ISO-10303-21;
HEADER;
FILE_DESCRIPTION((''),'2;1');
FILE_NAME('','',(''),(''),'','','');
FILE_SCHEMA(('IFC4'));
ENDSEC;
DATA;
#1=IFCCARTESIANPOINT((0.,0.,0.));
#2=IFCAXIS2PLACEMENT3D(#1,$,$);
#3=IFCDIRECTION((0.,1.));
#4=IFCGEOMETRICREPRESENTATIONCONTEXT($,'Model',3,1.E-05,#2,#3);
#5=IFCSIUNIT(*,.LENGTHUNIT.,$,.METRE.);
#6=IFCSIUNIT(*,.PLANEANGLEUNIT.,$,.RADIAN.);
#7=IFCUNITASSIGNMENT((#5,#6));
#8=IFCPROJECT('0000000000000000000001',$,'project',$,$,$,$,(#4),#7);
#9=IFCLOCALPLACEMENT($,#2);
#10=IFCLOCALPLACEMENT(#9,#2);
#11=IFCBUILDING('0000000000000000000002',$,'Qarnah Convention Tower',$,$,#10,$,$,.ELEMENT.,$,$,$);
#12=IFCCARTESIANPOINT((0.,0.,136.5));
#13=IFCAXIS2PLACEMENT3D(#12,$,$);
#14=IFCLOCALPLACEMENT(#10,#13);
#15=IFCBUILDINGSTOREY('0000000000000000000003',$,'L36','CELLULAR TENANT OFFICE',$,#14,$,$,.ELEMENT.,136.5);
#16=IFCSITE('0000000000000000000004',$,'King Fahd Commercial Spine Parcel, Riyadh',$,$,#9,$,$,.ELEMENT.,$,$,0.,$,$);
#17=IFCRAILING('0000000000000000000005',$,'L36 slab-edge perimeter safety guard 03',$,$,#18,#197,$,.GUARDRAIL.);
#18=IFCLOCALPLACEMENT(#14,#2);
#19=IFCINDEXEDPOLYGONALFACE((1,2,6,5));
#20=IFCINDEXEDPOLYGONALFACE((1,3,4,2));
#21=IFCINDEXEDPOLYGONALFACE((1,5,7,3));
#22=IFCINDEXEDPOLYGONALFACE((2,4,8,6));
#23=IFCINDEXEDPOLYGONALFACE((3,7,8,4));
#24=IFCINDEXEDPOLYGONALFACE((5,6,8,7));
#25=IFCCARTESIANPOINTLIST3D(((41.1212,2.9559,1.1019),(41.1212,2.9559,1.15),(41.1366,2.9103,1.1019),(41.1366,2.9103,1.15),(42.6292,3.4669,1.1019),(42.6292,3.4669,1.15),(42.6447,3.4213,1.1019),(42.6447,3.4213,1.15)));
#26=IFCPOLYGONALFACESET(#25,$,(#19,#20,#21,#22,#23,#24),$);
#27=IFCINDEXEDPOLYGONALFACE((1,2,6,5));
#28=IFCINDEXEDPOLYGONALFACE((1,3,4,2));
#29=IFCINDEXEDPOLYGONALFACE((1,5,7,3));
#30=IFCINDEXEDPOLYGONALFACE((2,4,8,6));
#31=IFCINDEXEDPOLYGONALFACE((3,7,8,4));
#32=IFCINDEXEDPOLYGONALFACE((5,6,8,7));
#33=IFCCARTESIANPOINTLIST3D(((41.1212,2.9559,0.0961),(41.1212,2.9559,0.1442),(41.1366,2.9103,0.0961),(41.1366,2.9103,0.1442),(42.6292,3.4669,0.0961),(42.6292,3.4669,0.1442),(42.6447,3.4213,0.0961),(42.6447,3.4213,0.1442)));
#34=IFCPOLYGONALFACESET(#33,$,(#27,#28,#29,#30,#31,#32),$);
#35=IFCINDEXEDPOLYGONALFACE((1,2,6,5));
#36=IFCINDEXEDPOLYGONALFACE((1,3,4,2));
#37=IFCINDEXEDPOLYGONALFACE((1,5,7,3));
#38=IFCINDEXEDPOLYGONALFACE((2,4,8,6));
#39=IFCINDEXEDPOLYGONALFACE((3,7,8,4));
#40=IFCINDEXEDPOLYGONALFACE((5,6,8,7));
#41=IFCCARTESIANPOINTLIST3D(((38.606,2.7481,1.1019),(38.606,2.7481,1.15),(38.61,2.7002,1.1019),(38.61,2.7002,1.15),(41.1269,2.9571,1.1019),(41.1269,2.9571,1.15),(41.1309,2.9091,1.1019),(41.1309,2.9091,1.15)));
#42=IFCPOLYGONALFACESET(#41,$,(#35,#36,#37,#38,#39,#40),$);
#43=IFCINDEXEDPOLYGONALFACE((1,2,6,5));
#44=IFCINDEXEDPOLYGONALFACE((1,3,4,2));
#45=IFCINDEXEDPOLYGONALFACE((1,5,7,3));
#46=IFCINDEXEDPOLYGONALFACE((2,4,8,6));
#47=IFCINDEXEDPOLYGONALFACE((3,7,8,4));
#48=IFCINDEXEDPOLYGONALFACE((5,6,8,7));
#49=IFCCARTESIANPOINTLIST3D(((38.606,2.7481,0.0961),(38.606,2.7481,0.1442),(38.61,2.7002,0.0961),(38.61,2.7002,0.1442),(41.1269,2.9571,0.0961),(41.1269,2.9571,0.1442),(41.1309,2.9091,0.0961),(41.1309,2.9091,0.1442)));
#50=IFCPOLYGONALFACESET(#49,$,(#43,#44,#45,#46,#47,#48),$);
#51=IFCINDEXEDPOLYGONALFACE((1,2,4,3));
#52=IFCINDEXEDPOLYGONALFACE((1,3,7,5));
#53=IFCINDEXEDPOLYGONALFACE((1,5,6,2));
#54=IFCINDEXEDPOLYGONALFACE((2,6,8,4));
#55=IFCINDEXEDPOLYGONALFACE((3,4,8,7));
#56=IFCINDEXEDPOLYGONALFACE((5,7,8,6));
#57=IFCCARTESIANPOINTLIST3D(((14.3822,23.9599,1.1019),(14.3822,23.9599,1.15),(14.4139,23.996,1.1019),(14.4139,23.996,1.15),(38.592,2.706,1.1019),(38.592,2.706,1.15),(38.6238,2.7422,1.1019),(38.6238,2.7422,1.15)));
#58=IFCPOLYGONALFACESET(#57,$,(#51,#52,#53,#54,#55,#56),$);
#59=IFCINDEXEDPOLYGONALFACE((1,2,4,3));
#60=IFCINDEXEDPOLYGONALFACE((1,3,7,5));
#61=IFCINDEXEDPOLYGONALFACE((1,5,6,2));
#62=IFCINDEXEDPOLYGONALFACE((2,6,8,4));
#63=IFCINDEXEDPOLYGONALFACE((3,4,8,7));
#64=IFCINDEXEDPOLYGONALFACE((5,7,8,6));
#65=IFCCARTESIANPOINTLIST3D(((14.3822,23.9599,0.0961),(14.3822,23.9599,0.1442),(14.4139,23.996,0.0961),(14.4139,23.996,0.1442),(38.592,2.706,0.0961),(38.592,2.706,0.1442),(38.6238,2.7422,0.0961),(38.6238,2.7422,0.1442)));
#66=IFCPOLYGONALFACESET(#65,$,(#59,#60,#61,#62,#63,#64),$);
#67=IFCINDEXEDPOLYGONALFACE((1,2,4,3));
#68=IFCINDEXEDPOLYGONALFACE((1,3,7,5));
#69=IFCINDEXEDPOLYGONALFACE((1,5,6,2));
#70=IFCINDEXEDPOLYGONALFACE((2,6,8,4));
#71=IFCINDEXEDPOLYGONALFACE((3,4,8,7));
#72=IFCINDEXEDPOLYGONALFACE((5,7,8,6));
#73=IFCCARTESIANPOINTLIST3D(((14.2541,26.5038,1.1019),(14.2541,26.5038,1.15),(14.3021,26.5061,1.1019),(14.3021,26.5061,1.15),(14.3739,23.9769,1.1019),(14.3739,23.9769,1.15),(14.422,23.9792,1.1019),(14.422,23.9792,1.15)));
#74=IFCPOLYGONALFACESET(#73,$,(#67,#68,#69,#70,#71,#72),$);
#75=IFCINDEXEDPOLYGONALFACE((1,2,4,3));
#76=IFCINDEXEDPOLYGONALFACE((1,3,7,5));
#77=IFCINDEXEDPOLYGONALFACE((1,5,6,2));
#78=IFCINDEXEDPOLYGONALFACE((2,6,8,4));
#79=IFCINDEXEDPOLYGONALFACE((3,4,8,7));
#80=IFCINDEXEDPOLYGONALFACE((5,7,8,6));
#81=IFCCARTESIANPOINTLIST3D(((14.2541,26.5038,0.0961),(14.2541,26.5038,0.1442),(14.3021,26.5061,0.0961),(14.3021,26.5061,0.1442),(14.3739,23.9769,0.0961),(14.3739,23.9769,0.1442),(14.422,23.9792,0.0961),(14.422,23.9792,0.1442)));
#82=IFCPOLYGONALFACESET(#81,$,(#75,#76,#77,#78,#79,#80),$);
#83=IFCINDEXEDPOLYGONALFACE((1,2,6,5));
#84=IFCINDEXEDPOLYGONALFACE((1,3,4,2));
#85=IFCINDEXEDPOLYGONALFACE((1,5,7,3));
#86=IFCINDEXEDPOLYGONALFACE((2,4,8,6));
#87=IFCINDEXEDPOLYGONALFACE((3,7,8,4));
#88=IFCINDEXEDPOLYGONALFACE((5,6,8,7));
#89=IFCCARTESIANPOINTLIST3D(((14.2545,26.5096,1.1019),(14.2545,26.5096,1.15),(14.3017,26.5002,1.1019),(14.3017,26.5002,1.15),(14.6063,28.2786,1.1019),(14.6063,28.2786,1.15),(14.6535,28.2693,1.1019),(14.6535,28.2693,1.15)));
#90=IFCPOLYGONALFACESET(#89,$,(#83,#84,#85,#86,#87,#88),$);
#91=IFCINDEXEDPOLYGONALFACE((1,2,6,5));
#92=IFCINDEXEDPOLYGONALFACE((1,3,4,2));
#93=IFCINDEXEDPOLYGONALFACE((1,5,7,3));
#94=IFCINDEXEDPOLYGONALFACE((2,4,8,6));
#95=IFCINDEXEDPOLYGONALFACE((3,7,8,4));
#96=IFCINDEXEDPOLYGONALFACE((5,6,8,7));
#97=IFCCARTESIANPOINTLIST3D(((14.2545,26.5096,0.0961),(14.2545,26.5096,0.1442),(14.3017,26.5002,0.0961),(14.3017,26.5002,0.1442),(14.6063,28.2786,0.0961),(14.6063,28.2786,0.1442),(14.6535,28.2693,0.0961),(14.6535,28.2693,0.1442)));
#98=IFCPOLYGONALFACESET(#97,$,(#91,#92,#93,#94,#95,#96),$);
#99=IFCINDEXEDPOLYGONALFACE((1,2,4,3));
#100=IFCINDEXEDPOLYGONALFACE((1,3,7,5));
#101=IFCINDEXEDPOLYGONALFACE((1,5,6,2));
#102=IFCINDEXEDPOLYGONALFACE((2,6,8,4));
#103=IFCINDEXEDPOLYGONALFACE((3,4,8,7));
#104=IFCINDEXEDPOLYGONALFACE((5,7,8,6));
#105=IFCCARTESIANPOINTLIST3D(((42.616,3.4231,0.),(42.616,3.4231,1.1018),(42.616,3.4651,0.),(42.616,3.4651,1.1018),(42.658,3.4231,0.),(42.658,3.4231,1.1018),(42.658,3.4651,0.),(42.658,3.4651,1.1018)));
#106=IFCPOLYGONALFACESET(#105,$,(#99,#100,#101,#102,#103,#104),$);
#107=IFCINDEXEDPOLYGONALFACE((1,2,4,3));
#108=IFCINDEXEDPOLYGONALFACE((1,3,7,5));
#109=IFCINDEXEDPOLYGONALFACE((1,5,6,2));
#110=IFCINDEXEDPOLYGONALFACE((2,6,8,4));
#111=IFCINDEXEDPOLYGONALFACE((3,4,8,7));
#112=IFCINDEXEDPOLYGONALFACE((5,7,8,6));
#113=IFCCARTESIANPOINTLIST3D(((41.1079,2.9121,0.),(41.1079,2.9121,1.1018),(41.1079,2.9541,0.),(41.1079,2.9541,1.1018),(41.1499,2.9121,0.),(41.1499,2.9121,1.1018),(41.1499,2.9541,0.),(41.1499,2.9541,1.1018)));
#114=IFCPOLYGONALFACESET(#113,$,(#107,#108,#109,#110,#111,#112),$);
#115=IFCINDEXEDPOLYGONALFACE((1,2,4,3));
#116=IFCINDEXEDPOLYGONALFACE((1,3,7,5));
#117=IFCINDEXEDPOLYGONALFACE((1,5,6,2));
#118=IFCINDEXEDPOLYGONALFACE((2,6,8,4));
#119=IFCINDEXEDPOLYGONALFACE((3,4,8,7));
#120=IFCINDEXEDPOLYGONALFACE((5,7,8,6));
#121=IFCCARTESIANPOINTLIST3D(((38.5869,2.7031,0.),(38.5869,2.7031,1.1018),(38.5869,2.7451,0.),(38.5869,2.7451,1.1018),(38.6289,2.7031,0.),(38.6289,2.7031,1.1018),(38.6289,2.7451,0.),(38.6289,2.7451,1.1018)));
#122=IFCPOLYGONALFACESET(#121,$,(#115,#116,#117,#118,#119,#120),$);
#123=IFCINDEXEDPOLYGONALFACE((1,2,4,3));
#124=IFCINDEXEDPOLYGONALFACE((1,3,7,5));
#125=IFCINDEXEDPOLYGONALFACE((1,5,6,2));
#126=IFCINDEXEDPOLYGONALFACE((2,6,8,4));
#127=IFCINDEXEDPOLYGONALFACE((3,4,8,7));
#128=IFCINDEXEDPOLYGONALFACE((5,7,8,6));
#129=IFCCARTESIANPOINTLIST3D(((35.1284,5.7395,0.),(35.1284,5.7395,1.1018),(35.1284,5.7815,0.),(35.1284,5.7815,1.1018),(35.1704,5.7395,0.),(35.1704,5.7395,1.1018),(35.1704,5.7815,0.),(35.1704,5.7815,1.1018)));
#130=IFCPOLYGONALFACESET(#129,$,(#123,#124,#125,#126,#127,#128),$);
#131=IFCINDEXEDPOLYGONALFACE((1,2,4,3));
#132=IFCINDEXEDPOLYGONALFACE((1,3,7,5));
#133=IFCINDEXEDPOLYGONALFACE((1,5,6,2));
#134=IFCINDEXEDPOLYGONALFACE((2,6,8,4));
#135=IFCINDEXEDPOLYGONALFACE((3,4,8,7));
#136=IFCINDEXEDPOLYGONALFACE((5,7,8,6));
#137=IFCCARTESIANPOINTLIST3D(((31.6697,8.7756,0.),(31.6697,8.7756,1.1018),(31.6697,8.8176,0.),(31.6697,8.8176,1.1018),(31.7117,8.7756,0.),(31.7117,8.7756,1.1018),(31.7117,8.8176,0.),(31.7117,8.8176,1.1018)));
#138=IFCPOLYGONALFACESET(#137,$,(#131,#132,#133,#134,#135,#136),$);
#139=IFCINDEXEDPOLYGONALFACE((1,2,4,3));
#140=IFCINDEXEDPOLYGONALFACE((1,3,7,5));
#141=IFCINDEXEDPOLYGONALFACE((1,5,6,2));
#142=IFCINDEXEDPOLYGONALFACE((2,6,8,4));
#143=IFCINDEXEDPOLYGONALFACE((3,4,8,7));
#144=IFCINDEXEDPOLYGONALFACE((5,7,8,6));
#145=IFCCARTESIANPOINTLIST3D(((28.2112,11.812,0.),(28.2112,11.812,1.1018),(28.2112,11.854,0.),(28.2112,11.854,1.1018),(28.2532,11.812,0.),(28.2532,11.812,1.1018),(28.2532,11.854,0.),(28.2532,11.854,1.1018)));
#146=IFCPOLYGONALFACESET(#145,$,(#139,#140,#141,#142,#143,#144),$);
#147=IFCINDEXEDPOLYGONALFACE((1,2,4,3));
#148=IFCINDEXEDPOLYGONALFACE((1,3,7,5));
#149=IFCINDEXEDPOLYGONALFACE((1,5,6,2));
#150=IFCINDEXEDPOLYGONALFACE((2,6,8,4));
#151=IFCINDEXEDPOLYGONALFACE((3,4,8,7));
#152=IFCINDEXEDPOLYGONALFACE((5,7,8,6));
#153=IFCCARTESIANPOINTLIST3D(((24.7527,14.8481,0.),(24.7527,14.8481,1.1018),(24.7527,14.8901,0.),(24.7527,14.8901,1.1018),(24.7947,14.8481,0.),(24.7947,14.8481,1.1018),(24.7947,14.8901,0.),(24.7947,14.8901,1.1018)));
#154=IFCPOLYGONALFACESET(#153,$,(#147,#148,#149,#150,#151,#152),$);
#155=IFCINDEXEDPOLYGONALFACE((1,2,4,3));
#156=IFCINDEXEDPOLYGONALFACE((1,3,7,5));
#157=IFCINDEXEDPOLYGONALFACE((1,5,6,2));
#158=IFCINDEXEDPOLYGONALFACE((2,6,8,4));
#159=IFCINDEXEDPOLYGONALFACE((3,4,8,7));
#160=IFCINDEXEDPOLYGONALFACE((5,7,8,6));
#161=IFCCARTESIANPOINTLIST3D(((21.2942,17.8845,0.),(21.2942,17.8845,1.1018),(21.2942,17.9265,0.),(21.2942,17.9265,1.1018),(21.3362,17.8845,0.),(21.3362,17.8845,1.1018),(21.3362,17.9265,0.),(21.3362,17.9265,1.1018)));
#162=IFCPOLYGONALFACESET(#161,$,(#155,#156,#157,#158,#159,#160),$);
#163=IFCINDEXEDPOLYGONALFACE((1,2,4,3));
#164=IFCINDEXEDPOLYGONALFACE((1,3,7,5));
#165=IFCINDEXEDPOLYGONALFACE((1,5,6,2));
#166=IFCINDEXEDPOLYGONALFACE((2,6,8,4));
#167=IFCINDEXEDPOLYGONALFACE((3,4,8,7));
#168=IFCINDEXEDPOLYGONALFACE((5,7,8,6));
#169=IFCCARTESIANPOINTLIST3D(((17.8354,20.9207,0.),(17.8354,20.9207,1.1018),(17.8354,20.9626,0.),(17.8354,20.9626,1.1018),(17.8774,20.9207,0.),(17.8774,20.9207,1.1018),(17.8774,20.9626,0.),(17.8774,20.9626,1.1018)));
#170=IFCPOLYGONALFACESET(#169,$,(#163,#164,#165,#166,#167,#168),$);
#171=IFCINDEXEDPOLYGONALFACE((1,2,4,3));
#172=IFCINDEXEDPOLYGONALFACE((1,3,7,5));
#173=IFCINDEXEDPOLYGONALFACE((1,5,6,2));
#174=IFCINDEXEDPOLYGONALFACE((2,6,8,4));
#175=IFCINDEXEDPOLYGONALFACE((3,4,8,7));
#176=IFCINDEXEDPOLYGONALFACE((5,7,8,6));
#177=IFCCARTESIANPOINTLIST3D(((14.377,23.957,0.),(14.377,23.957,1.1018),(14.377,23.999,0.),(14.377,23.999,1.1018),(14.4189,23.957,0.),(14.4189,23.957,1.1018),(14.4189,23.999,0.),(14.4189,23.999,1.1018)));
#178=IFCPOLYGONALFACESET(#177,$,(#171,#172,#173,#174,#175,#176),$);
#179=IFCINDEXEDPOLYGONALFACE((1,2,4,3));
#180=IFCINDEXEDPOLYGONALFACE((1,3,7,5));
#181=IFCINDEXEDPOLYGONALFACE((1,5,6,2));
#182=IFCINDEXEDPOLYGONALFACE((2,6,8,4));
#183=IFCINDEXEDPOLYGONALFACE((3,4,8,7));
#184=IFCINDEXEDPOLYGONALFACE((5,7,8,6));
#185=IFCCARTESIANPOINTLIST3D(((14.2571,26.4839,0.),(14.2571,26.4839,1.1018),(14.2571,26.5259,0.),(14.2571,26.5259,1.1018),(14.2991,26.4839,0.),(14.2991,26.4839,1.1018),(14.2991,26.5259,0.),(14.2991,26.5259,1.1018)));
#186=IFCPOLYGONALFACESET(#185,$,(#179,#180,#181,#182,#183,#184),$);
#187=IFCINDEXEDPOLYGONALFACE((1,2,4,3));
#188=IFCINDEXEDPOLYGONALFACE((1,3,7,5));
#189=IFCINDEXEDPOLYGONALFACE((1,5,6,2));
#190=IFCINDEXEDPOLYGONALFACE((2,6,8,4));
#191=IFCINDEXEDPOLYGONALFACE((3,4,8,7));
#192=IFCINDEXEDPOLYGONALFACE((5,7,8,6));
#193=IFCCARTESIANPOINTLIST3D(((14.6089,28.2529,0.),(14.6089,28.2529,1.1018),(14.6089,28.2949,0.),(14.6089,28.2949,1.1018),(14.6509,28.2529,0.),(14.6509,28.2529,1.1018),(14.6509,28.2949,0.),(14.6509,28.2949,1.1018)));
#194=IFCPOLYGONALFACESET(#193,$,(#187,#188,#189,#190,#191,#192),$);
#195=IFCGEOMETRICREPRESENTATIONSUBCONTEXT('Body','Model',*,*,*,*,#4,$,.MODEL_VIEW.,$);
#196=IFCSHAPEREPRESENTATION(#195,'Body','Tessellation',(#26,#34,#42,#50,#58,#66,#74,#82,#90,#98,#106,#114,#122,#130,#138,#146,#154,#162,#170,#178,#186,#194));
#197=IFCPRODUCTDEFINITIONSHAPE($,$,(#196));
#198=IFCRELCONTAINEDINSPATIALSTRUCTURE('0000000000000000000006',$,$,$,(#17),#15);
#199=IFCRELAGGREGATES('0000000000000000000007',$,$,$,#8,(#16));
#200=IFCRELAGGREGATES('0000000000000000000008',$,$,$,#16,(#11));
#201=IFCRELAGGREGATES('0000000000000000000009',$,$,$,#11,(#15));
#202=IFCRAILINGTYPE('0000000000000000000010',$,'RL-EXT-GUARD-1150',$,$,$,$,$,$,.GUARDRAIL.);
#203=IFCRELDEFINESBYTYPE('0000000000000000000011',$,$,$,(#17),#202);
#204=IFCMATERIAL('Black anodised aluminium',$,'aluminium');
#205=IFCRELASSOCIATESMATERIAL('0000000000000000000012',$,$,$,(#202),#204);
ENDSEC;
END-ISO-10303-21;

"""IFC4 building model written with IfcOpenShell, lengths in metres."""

from ifc_helpers import new_model, si_unit, direction, frame, origin, origin_2d, place, context, subcontext, project, spatial, rectangle, extrude, material, type_object, element, save


model = new_model("IFC4")

# Units and contexts
model_context = context("Model", 3, precision=1e-05, world=origin(), true_north=direction((0.0, 1.0)))
body_context = subcontext(model_context, "Body", "Model", "MODEL_VIEW")
ifc_project = project(units=[si_unit("LENGTHUNIT", "METRE"), si_unit("PLANEANGLEUNIT", "RADIAN")], contexts=[model_context])

# Site, building, storey
site_placement = place(None, origin())
site = spatial("IfcSite", under=ifc_project, at=site_placement, Name="King Fahd Commercial Spine Parcel, Riyadh", CompositionType="ELEMENT", RefElevation=0.0)
building_placement = place(site_placement, origin())
building = spatial("IfcBuilding", under=site, at=building_placement, Name="Qarnah Convention Tower", CompositionType="ELEMENT")
storey_placement = place(building_placement, frame((0.0, 0.0, 136.5)))
storey = spatial("IfcBuildingStorey", under=building, at=storey_placement, Name="L36", Description="CELLULAR TENANT OFFICE", CompositionType="ELEMENT", Elevation=136.5)

# Shared definitions
ifc_material_1 = material(Name="Black anodised aluminium", Category="aluminium")

# Railing
railing_type = type_object("IfcRailingType", Name="RL-EXT-GUARD-1150", PredefinedType="GUARDRAIL", material=ifc_material_1)
railing_1_placement = place(storey_placement, frame((42.637, 3.4441, 0.0)))
element("IfcRailing", 1, at=railing_1_placement, inside=storey, type_object=railing_type, Name="L36 slab-edge perimeter safety guard 03", PredefinedType="GUARDRAIL", context=body_context, shape_type="SweptSolid", body=[
    extrude(rectangle(XDim=0.0481, YDim=0.0481, at=origin_2d()), frame((0.0, 0.0, 1.126), z_axis=(-0.947108, -0.320916, 0.0), x_axis=(0.320916, -0.947108, 0.0)), (0.0, 0.0, 1.0), 1.5923),
    extrude(rectangle(XDim=0.0481, YDim=0.0481, at=origin_2d()), frame((0.0, 0.0, 0.1201), z_axis=(-0.947108, -0.320916, 0.0), x_axis=(0.320916, -0.947108, 0.0)), (0.0, 0.0, 1.0), 1.5923),
    extrude(rectangle(XDim=0.0481, YDim=0.0481, at=origin_2d()), frame((-1.5081, -0.511, 1.126), z_axis=(-0.996582, -0.082614, 0.0), x_axis=(0.082614, -0.996582, 0.0)), (0.0, 0.0, 1.0), 2.5295),
    extrude(rectangle(XDim=0.0481, YDim=0.0481, at=origin_2d()), frame((-1.5081, -0.511, 0.1201), z_axis=(-0.996582, -0.082614, 0.0), x_axis=(0.082614, -0.996582, 0.0)), (0.0, 0.0, 1.0), 2.5295),
    extrude(rectangle(XDim=0.0481, YDim=0.0481, at=origin_2d()), frame((-4.0291, -0.72, 1.126), z_axis=(-0.751496, 0.659738, 0.0), x_axis=(-0.659738, -0.751496, 0.0)), (0.0, 0.0, 1.0), 32.2156),
    extrude(rectangle(XDim=0.0481, YDim=0.0481, at=origin_2d()), frame((-4.0291, -0.72, 0.1201), z_axis=(-0.751496, 0.659738, 0.0), x_axis=(-0.659738, -0.751496, 0.0)), (0.0, 0.0, 1.0), 32.2156),
    extrude(rectangle(XDim=0.0481, YDim=0.0481, at=origin_2d()), frame((-28.239, 20.5339, 1.126), z_axis=(-0.047386, 0.998877, 0.0), x_axis=(-0.998877, -0.047386, 0.0)), (0.0, 0.0, 1.0), 2.5298),
    extrude(rectangle(XDim=0.0481, YDim=0.0481, at=origin_2d()), frame((-28.239, 20.5339, 0.1201), z_axis=(-0.047386, 0.998877, 0.0), x_axis=(-0.998877, -0.047386, 0.0)), (0.0, 0.0, 1.0), 2.5298),
    extrude(rectangle(XDim=0.0481, YDim=0.0481, at=origin_2d()), frame((-28.3589, 23.0608, 1.126), z_axis=(0.195049, 0.980794, 0.0), x_axis=(-0.980794, 0.195049, 0.0)), (0.0, 0.0, 1.0), 1.8037),
    extrude(rectangle(XDim=0.0481, YDim=0.0481, at=origin_2d()), frame((-28.3589, 23.0608, 0.1201), z_axis=(0.195049, 0.980794, 0.0), x_axis=(-0.980794, 0.195049, 0.0)), (0.0, 0.0, 1.0), 1.8037),
    extrude(rectangle(XDim=0.042, YDim=0.042, at=origin_2d()), origin(), (0.0, 0.0, 1.0), 1.1018),
    extrude(rectangle(XDim=0.042, YDim=0.042, at=origin_2d()), frame((-1.5081, -0.511, 0.0)), (0.0, 0.0, 1.0), 1.1018),
    extrude(rectangle(XDim=0.042, YDim=0.042, at=origin_2d()), frame((-4.0291, -0.72, 0.0)), (0.0, 0.0, 1.0), 1.1018),
    extrude(rectangle(XDim=0.042, YDim=0.042, at=origin_2d()), frame((-7.4875, 2.3164, 0.0)), (0.0, 0.0, 1.0), 1.1018),
    extrude(rectangle(XDim=0.042, YDim=0.042, at=origin_2d()), frame((-10.9463, 5.3525, 0.0)), (0.0, 0.0, 1.0), 1.1018),
    extrude(rectangle(XDim=0.042, YDim=0.042, at=origin_2d()), frame((-14.4048, 8.3889, 0.0)), (0.0, 0.0, 1.0), 1.1018),
    extrude(rectangle(XDim=0.042, YDim=0.042, at=origin_2d()), frame((-17.8633, 11.425, 0.0)), (0.0, 0.0, 1.0), 1.1018),
    extrude(rectangle(XDim=0.042, YDim=0.042, at=origin_2d()), frame((-21.3218, 14.4614, 0.0)), (0.0, 0.0, 1.0), 1.1018),
    extrude(rectangle(XDim=0.042, YDim=0.042, at=origin_2d()), frame((-24.7805, 17.4976, 0.0)), (0.0, 0.0, 1.0), 1.1018),
    extrude(rectangle(XDim=0.042, YDim=0.042, at=origin_2d()), frame((-28.239, 20.5339, 0.0)), (0.0, 0.0, 1.0), 1.1018),
    extrude(rectangle(XDim=0.042, YDim=0.042, at=origin_2d()), frame((-28.3589, 23.0608, 0.0)), (0.0, 0.0, 1.0), 1.1018),
    extrude(rectangle(XDim=0.042, YDim=0.042, at=origin_2d()), frame((-28.0071, 24.8298, 0.0)), (0.0, 0.0, 1.0), 1.1018),
])

save(model, "model.ifc")
